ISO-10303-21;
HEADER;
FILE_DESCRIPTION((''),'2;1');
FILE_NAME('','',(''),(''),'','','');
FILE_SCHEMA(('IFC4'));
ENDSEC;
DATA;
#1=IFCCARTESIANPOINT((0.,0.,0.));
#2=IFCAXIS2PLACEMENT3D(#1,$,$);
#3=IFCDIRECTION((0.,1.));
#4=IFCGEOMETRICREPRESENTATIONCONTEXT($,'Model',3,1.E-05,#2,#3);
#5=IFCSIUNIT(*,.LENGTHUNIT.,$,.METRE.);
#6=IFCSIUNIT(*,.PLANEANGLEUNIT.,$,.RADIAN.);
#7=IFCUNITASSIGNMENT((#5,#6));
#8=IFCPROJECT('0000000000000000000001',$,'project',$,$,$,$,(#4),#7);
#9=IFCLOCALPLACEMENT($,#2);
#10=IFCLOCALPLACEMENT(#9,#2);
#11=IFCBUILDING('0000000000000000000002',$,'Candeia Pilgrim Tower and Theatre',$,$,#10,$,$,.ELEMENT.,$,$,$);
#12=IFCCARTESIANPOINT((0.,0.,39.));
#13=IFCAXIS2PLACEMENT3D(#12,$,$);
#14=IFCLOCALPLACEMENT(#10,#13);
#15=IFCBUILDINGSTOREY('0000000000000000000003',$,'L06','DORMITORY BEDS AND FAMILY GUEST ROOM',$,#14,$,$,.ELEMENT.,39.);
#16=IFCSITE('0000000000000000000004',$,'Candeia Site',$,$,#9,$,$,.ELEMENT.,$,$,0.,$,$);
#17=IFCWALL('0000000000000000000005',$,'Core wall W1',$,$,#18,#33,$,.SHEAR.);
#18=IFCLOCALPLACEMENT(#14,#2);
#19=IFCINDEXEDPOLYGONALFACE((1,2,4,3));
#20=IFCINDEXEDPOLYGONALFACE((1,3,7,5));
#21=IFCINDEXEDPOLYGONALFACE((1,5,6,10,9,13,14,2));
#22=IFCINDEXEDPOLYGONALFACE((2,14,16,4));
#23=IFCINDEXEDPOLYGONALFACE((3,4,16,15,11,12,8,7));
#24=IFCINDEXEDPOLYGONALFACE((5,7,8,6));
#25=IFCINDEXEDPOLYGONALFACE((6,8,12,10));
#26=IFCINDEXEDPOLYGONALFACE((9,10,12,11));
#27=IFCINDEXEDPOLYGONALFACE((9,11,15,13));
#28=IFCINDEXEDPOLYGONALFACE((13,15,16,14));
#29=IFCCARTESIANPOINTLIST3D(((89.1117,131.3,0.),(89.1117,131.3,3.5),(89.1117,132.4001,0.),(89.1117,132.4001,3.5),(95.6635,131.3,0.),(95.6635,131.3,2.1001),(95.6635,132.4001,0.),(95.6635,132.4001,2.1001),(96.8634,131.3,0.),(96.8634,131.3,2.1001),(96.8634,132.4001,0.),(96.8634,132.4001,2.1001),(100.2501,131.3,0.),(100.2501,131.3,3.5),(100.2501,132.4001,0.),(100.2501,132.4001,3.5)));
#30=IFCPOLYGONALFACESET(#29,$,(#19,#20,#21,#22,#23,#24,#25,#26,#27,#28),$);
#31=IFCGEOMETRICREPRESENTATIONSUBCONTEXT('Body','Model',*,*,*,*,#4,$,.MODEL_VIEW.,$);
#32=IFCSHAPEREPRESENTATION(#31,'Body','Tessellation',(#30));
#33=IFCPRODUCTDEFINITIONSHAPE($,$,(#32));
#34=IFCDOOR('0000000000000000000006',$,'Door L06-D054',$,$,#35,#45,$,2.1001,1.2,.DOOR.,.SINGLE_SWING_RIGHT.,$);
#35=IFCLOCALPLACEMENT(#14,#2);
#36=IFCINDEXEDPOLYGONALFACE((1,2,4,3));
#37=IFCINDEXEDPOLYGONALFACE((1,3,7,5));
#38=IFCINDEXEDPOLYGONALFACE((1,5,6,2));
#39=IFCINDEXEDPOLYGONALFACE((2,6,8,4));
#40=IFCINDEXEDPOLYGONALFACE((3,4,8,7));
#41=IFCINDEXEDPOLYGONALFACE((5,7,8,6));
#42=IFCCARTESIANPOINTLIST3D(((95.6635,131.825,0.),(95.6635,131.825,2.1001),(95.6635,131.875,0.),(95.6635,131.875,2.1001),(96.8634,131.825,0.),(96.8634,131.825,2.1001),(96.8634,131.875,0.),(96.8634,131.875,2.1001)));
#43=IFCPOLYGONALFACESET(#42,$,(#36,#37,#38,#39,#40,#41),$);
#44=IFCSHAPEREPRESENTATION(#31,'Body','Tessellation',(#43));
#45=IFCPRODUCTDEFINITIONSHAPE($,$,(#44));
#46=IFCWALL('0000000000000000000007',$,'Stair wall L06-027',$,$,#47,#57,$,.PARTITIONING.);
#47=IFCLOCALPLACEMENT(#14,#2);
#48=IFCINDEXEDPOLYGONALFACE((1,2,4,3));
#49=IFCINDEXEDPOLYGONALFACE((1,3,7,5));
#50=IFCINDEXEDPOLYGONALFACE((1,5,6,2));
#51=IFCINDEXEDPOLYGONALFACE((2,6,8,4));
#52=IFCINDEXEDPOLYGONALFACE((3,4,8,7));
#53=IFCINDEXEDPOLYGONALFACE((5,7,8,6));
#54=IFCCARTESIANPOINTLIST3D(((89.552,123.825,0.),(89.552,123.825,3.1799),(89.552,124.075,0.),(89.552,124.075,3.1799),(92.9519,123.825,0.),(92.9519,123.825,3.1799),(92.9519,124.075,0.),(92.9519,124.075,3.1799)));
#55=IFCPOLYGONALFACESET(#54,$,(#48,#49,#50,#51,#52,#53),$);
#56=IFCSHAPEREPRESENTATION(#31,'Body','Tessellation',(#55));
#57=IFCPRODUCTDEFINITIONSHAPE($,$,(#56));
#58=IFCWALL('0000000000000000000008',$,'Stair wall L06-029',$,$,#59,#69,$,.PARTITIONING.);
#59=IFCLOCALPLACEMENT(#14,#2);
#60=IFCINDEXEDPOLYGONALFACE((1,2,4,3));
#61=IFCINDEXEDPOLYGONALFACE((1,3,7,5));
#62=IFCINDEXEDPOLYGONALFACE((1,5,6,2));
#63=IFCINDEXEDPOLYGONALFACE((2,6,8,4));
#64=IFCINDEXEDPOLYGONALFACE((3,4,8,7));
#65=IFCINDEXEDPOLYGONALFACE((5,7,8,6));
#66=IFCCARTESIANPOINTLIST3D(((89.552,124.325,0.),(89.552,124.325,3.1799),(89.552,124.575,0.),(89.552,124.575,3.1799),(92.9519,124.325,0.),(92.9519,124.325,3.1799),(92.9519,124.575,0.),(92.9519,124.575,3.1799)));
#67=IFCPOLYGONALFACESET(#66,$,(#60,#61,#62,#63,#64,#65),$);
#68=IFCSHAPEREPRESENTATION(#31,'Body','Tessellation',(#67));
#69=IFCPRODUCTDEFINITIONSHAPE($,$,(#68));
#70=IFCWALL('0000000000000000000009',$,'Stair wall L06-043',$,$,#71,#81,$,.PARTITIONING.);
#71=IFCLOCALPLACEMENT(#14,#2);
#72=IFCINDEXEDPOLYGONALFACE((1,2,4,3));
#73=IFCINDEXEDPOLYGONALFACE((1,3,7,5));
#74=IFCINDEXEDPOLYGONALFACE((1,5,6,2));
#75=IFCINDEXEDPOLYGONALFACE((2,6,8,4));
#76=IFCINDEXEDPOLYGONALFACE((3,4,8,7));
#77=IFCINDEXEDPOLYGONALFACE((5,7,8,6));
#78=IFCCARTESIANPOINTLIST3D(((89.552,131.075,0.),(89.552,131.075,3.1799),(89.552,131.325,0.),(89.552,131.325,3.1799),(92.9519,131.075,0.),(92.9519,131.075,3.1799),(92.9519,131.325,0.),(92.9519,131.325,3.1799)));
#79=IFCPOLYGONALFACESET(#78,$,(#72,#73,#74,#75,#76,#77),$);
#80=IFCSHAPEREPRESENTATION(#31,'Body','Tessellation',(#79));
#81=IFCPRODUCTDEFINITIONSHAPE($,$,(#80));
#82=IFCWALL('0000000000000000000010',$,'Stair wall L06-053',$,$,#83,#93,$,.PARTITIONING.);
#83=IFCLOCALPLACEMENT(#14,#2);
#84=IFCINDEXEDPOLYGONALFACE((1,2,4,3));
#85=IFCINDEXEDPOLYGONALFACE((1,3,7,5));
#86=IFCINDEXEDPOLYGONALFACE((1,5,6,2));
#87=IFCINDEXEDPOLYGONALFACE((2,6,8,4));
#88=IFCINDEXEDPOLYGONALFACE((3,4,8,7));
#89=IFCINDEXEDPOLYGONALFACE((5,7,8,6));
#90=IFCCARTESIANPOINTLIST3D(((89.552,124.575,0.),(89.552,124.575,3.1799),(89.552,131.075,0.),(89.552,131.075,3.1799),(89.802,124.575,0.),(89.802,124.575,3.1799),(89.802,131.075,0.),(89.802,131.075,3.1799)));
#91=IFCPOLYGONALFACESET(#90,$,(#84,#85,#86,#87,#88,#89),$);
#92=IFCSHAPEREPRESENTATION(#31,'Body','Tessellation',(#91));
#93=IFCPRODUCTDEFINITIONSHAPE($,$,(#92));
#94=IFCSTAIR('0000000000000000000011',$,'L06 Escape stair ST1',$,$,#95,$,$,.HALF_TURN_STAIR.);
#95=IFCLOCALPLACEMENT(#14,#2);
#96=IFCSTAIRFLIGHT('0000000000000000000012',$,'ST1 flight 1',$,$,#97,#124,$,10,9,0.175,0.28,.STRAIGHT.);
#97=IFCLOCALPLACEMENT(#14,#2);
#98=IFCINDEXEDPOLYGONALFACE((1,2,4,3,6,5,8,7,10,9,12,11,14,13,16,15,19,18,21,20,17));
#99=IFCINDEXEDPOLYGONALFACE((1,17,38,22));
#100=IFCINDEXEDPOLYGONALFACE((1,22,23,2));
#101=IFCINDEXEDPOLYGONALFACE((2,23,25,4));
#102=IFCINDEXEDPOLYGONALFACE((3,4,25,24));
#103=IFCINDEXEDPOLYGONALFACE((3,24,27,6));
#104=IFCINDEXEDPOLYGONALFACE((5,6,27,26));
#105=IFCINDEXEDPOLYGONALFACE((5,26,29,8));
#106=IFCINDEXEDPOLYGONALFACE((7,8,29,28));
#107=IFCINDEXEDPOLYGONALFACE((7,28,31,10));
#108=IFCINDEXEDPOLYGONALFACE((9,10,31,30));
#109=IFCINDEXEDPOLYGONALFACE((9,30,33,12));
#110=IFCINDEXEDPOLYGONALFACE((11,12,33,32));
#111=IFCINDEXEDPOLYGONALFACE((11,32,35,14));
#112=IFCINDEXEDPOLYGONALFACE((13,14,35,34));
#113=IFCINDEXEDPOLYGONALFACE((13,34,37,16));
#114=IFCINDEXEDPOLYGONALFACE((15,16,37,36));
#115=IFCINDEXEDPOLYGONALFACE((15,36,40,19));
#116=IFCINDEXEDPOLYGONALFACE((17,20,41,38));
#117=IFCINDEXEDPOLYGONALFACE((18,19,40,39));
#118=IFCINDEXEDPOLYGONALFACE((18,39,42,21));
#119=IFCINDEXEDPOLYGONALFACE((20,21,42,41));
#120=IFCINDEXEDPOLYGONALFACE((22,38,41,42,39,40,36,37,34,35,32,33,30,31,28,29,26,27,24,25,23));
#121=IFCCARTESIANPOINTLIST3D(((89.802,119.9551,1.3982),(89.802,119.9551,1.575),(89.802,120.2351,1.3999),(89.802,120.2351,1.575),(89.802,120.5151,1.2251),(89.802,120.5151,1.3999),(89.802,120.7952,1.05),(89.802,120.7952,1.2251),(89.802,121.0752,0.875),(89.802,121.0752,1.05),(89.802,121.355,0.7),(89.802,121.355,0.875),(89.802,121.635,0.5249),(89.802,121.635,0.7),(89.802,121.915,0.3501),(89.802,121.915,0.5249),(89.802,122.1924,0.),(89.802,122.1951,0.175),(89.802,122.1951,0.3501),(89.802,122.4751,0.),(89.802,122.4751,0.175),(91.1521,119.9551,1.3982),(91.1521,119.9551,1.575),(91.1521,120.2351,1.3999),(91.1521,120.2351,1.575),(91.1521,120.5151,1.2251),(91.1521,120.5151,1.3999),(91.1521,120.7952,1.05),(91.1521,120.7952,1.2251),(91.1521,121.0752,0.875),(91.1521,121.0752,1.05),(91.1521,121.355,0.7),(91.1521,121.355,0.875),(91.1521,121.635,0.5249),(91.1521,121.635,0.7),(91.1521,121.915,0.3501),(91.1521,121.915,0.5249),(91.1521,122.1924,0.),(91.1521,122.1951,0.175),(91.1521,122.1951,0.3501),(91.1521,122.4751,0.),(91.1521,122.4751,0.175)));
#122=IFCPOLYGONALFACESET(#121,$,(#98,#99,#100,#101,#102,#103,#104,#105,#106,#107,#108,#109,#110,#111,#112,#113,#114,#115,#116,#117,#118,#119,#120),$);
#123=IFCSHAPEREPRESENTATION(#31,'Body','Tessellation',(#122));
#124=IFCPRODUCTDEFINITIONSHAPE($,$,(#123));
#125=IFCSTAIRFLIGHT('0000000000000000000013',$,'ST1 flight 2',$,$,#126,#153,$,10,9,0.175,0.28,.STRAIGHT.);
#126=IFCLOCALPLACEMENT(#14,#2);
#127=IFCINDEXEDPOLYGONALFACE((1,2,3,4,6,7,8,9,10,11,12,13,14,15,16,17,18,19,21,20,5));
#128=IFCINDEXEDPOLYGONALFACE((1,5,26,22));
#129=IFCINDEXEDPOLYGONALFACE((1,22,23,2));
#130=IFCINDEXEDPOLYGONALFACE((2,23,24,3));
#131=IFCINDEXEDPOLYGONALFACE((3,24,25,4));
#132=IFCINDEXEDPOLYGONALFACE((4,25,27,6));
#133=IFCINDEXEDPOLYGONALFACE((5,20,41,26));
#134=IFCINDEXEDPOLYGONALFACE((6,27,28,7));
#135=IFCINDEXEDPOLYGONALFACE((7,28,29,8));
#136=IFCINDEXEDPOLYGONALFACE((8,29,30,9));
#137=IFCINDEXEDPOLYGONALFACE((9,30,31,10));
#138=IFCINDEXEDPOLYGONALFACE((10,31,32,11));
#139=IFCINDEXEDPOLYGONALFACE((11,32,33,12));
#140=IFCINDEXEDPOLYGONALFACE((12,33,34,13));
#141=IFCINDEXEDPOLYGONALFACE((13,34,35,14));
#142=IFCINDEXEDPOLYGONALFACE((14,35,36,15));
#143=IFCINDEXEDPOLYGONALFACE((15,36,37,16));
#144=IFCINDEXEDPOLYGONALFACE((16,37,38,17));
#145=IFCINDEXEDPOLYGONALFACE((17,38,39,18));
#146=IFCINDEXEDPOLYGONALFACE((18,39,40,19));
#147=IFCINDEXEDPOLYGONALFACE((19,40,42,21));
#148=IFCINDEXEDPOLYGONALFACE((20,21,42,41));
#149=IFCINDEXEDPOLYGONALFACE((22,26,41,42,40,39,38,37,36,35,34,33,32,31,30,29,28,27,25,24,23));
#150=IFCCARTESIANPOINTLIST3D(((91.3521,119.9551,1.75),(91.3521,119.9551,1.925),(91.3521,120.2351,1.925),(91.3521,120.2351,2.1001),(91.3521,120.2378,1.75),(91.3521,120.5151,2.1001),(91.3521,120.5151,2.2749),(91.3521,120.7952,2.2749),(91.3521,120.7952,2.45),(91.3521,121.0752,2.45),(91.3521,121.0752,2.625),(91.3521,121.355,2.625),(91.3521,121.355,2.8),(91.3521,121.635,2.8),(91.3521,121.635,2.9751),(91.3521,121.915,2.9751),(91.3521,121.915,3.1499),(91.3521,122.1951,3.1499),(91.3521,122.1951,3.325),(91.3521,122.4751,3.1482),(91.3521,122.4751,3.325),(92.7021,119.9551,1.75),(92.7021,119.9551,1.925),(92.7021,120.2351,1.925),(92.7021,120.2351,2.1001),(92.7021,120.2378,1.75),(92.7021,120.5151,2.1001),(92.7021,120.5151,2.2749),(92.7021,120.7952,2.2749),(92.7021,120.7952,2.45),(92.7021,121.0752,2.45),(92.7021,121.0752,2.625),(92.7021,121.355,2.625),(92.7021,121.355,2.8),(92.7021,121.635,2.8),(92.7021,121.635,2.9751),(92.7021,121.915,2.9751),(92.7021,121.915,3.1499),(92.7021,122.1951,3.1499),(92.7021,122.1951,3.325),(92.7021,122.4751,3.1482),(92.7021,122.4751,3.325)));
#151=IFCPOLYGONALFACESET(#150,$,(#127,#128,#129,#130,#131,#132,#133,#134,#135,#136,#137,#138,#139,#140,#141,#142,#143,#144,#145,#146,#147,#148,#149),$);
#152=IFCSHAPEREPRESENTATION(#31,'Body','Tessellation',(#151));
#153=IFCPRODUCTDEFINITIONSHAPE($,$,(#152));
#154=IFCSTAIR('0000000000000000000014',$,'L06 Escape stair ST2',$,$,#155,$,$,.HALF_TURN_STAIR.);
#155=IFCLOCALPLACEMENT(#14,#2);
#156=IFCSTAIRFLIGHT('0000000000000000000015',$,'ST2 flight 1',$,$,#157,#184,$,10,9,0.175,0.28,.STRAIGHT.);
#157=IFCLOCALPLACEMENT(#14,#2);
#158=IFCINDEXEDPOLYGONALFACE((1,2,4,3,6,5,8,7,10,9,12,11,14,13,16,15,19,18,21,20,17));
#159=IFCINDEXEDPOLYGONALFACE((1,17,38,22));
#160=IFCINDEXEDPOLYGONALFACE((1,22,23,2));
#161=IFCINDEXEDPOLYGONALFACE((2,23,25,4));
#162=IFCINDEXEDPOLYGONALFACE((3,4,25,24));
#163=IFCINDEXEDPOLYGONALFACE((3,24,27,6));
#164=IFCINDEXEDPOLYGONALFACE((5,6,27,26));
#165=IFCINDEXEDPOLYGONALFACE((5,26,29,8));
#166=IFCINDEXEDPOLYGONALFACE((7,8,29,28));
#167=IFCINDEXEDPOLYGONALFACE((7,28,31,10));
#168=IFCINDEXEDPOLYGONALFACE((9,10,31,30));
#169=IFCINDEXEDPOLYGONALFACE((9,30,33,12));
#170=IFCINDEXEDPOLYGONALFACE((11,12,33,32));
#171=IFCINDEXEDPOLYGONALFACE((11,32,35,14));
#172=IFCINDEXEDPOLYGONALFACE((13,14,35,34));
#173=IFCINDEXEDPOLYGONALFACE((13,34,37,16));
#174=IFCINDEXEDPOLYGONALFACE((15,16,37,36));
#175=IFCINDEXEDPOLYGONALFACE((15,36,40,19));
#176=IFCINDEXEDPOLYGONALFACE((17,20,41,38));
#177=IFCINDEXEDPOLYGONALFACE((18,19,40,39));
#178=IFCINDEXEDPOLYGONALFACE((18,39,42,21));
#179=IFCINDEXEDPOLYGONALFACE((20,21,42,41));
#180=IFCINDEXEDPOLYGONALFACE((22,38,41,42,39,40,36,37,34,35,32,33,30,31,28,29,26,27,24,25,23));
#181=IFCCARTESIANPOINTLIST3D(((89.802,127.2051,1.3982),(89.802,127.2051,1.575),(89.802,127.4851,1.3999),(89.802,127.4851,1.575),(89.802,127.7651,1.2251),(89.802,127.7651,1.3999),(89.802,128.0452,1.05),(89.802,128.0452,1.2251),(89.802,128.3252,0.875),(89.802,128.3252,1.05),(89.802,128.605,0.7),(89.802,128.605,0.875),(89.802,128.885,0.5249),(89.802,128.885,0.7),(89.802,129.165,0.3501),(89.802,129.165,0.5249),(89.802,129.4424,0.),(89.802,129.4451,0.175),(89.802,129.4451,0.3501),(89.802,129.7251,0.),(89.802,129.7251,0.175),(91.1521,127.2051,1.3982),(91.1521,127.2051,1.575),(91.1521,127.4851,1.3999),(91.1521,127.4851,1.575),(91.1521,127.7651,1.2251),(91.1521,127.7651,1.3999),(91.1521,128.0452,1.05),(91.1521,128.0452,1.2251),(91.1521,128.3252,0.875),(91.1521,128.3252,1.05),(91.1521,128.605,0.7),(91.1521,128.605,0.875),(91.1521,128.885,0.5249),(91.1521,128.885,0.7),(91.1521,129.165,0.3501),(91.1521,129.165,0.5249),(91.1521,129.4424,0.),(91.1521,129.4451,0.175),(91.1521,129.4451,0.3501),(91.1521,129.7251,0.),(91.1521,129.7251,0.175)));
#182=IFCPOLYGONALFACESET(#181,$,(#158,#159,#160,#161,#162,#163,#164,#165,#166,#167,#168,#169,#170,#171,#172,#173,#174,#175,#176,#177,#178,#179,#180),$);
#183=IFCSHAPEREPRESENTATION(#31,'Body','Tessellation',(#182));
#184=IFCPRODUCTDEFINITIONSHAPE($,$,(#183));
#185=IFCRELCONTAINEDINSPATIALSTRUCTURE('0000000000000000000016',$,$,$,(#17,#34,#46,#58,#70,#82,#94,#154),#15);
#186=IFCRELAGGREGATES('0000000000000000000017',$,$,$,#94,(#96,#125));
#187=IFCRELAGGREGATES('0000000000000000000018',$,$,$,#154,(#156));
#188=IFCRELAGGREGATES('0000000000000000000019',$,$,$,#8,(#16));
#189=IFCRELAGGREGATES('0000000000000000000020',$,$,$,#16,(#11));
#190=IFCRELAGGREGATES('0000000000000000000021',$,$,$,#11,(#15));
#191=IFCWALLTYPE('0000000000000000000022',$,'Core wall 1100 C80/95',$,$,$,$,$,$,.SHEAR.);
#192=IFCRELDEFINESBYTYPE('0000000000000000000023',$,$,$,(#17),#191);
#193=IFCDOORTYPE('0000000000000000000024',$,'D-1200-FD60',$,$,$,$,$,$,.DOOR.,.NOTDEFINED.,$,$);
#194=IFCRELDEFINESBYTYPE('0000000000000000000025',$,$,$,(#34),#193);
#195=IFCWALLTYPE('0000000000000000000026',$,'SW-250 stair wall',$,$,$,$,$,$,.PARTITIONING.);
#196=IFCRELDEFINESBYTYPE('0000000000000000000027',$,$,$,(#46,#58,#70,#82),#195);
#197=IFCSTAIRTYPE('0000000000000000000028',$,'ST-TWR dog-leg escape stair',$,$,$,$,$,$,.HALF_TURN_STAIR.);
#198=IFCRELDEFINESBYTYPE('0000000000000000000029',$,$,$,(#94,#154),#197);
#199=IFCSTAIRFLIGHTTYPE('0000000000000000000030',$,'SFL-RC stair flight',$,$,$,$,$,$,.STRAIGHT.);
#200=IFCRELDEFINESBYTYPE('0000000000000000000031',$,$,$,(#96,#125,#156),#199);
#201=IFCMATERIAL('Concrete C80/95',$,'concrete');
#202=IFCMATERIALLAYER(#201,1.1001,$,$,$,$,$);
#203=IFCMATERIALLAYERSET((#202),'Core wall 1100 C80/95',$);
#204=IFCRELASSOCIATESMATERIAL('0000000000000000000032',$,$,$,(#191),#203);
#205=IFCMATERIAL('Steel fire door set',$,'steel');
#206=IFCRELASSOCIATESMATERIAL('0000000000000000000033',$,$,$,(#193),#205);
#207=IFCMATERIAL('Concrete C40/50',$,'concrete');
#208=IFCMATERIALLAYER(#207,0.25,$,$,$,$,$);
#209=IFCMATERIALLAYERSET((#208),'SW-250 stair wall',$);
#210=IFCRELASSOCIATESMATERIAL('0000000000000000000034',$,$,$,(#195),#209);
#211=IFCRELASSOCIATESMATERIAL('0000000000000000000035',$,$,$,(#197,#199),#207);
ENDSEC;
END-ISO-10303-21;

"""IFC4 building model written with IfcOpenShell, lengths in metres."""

from ifc_helpers import new_model, si_unit, direction, frame, frame_2d, origin, place, context, subcontext, project, spatial, polyline, rectangle, outline, extrude, material, layer, layer_set, type_object, element, fill, aggregate, save


model = new_model("IFC4")

# Units and contexts
model_context = context("Model", 3, precision=1e-05, world=origin(), true_north=direction((0.0, 1.0)))
body_context = subcontext(model_context, "Body", "Model", "MODEL_VIEW")
ifc_project = project(units=[si_unit("LENGTHUNIT", "METRE"), si_unit("PLANEANGLEUNIT", "RADIAN")], contexts=[model_context])

# Site, building, storey
site_placement = place(None, origin())
site = spatial("IfcSite", under=ifc_project, at=site_placement, Name="Candeia Site", CompositionType="ELEMENT", RefElevation=0.0)
building_placement = place(site_placement, origin())
building = spatial("IfcBuilding", under=site, at=building_placement, Name="Candeia Pilgrim Tower and Theatre", CompositionType="ELEMENT")
storey_placement = place(building_placement, frame((0.0, 0.0, 39.0)))
storey = spatial("IfcBuildingStorey", under=building, at=storey_placement, Name="L06", Description="DORMITORY BEDS AND FAMILY GUEST ROOM", CompositionType="ELEMENT", Elevation=39.0)

# Wall, opening, door
ifc_material_1 = material(Name="Concrete C80/95", Category="concrete")
ifc_layer_1 = layer(ifc_material_1, 1.1001)
ifc_layer_set_1 = layer_set([ifc_layer_1], Name="Core wall 1100 C80/95")
wall_type_1 = type_object("IfcWallType", Name="Core wall 1100 C80/95", PredefinedType="SHEAR", material=ifc_layer_set_1)
wall_1_placement = place(storey_placement, frame((89.1116, 131.8501, 0.0), z_axis=(0.0, 0.0, 1.0), x_axis=(1.0, 0.0, 0.0)))
wall_1 = element("IfcWall", 1, at=wall_1_placement, inside=storey, type_object=wall_type_1, Name="Core wall W1", PredefinedType="SHEAR", context=body_context, shape_type="SweptSolid", body=[
    extrude(rectangle(XDim=11.1384, YDim=1.1001, at=frame_2d((5.5693, 0.0))), origin(), (0.0, 0.0, 1.0), 3.5),
])
opening_placement = place(wall_1_placement, frame((6.5518, 0.0, 0.0)))
opening = element("IfcOpeningElement", 2, at=opening_placement, cuts=wall_1, PredefinedType="OPENING", context=body_context, shape_type="SweptSolid", body=[
    extrude(rectangle(XDim=1.2, YDim=2.1001, at=frame_2d((0.6001, 1.05))), frame((0.0, 0.5601, 0.0), z_axis=(0.0, -1.0, 0.0), x_axis=(1.0, 0.0, 0.0)), (0.0, 0.0, 1.0), 1.1201),
])
ifc_material_2 = material(Name="Steel fire door set", Category="steel")
door_type = type_object("IfcDoorType", Name="D-1200-FD60", OperationType="NOTDEFINED", PredefinedType="DOOR", material=ifc_material_2)
door_placement = place(opening_placement, origin())
door = element("IfcDoor", 3, at=door_placement, inside=storey, type_object=door_type, Name="Door L06-D054", OperationType="SINGLE_SWING_RIGHT", OverallHeight=2.1001, OverallWidth=1.2, PredefinedType="DOOR", context=body_context, shape_type="SweptSolid", body=[
    extrude(rectangle(XDim=1.2, YDim=2.1001, at=frame_2d((0.6001, 1.05))), frame((0.0, 0.0249, 0.0), z_axis=(0.0, -1.0, 0.0), x_axis=(1.0, 0.0, 0.0)), (0.0, 0.0, 1.0), 0.05),
])
fill(opening, door)

# Walls
ifc_material_3 = material(Name="Concrete C40/50", Category="concrete")
ifc_layer_2 = layer(ifc_material_3, 0.25)
ifc_layer_set_2 = layer_set([ifc_layer_2], Name="SW-250 stair wall")
wall_type_2 = type_object("IfcWallType", Name="SW-250 stair wall", PredefinedType="PARTITIONING", material=ifc_layer_set_2)
for number, where, z_axis, x_axis, name in (
    (4, (89.552, 123.95, 0.0), (0.0, 0.0, 1.0), (1.0, 0.0, 0.0), "Stair wall L06-027"),
    (5, (89.552, 124.45, 0.0), (0.0, 0.0, 1.0), (1.0, 0.0, 0.0), "Stair wall L06-029"),
    (6, (89.552, 131.2, 0.0), (0.0, 0.0, 1.0), (1.0, 0.0, 0.0), "Stair wall L06-043"),
):
    element("IfcWall", number, at=place(storey_placement, frame(where, z_axis=z_axis, x_axis=x_axis)), inside=storey, type_object=wall_type_2, Name=name, PredefinedType="PARTITIONING", context=body_context, shape_type="SweptSolid", body=[
        extrude(rectangle(XDim=3.3999, YDim=0.25, at=frame_2d((1.7, 0.0))), origin(), (0.0, 0.0, 1.0), 3.1799),
    ])
wall_2_placement = place(storey_placement, frame((89.677, 124.575, 0.0), z_axis=(0.0, 0.0, 1.0), x_axis=(0.0, 1.0, 0.0)))
element("IfcWall", 7, at=wall_2_placement, inside=storey, type_object=wall_type_2, Name="Stair wall L06-053", PredefinedType="PARTITIONING", context=body_context, shape_type="SweptSolid", body=[
    extrude(rectangle(XDim=6.5, YDim=0.25, at=frame_2d((3.25, 0.0))), origin(), (0.0, 0.0, 1.0), 3.1799),
])

# Stairs, stair flights
stair_type = type_object("IfcStairType", Name="ST-TWR dog-leg escape stair", PredefinedType="HALF_TURN_STAIR", material=ifc_material_3)
stair_1_placement = place(storey_placement, origin())
stair_1 = element("IfcStair", 8, at=stair_1_placement, inside=storey, type_object=stair_type, Name="L06 Escape stair ST1", PredefinedType="HALF_TURN_STAIR")
stair_flight_type = type_object("IfcStairFlightType", Name="SFL-RC stair flight", PredefinedType="STRAIGHT", material=ifc_material_3)
stair_flight_1_placement = place(storey_placement, frame((90.4771, 122.4751, 0.0), z_axis=(0.0, 0.0, 1.0), x_axis=(0.0, -1.0, 0.0)))
stair_flight_1 = element("IfcStairFlight", 9, at=stair_flight_1_placement, type_object=stair_flight_type, Name="ST1 flight 1", NumberOfRisers=10, NumberOfTreads=9, PredefinedType="STRAIGHT", RiserHeight=0.175, TreadLength=0.28, context=body_context, shape_type="SweptSolid", body=[
    extrude(outline(polyline([(0.0, 0.0), (0.0, 0.175), (0.28, 0.175), (0.28, 0.3501), (0.5601, 0.3501), (0.5601, 0.5249), (0.8401, 0.5249), (0.8401, 0.7), (1.1201, 0.7), (1.1201, 0.875), (1.3999, 0.875), (1.3999, 1.05), (1.6799, 1.05), (1.6799, 1.2251), (1.96, 1.2251), (1.96, 1.3999), (2.24, 1.3999), (2.24, 1.575), (2.52, 1.575), (2.52, 1.75), (2.52, 1.3982), (0.2827, 0.0), (0.0, 0.0)])), frame((0.0, 0.675, 0.0), z_axis=(0.0, -1.0, 0.0), x_axis=(1.0, 0.0, 0.0)), (0.0, 0.0, 1.0), 1.3501),
])
stair_flight_2_placement = place(storey_placement, frame((92.0271, 119.9551, 1.75), z_axis=(0.0, 0.0, 1.0), x_axis=(0.0, 1.0, 0.0)))
stair_flight_2 = element("IfcStairFlight", 10, at=stair_flight_2_placement, type_object=stair_flight_type, Name="ST1 flight 2", NumberOfRisers=10, NumberOfTreads=9, PredefinedType="STRAIGHT", RiserHeight=0.175, TreadLength=0.28, context=body_context, shape_type="SweptSolid", body=[
    extrude(outline(polyline([(0.0, 0.0), (0.0, 0.175), (0.28, 0.175), (0.28, 0.3501), (0.5601, 0.3501), (0.5601, 0.5249), (0.8401, 0.5249), (0.8401, 0.7), (1.1201, 0.7), (1.1201, 0.875), (1.3999, 0.875), (1.3999, 1.05), (1.6799, 1.05), (1.6799, 1.2251), (1.96, 1.2251), (1.96, 1.3999), (2.24, 1.3999), (2.24, 1.575), (2.52, 1.575), (2.52, 1.75), (2.52, 1.3982), (0.2827, 0.0), (0.0, 0.0)])), frame((0.0, 0.675, 0.0), z_axis=(0.0, -1.0, 0.0), x_axis=(1.0, 0.0, 0.0)), (0.0, 0.0, 1.0), 1.3501),
])
aggregate(stair_1, [stair_flight_1, stair_flight_2])
stair_2_placement = place(storey_placement, origin())
stair_2 = element("IfcStair", 11, at=stair_2_placement, inside=storey, type_object=stair_type, Name="L06 Escape stair ST2", PredefinedType="HALF_TURN_STAIR")
stair_flight_3_placement = place(storey_placement, frame((90.4771, 129.7251, 0.0), z_axis=(0.0, 0.0, 1.0), x_axis=(0.0, -1.0, 0.0)))
stair_flight_3 = element("IfcStairFlight", 12, at=stair_flight_3_placement, type_object=stair_flight_type, Name="ST2 flight 1", NumberOfRisers=10, NumberOfTreads=9, PredefinedType="STRAIGHT", RiserHeight=0.175, TreadLength=0.28, context=body_context, shape_type="SweptSolid", body=[
    extrude(outline(polyline([(0.0, 0.0), (0.0, 0.175), (0.28, 0.175), (0.28, 0.3501), (0.5601, 0.3501), (0.5601, 0.5249), (0.8401, 0.5249), (0.8401, 0.7), (1.1201, 0.7), (1.1201, 0.875), (1.3999, 0.875), (1.3999, 1.05), (1.6799, 1.05), (1.6799, 1.2251), (1.96, 1.2251), (1.96, 1.3999), (2.24, 1.3999), (2.24, 1.575), (2.52, 1.575), (2.52, 1.75), (2.52, 1.3982), (0.2827, 0.0), (0.0, 0.0)])), frame((0.0, 0.675, 0.0), z_axis=(0.0, -1.0, 0.0), x_axis=(1.0, 0.0, 0.0)), (0.0, 0.0, 1.0), 1.3501),
])
aggregate(stair_2, [stair_flight_3])

save(model, "model.ifc")
